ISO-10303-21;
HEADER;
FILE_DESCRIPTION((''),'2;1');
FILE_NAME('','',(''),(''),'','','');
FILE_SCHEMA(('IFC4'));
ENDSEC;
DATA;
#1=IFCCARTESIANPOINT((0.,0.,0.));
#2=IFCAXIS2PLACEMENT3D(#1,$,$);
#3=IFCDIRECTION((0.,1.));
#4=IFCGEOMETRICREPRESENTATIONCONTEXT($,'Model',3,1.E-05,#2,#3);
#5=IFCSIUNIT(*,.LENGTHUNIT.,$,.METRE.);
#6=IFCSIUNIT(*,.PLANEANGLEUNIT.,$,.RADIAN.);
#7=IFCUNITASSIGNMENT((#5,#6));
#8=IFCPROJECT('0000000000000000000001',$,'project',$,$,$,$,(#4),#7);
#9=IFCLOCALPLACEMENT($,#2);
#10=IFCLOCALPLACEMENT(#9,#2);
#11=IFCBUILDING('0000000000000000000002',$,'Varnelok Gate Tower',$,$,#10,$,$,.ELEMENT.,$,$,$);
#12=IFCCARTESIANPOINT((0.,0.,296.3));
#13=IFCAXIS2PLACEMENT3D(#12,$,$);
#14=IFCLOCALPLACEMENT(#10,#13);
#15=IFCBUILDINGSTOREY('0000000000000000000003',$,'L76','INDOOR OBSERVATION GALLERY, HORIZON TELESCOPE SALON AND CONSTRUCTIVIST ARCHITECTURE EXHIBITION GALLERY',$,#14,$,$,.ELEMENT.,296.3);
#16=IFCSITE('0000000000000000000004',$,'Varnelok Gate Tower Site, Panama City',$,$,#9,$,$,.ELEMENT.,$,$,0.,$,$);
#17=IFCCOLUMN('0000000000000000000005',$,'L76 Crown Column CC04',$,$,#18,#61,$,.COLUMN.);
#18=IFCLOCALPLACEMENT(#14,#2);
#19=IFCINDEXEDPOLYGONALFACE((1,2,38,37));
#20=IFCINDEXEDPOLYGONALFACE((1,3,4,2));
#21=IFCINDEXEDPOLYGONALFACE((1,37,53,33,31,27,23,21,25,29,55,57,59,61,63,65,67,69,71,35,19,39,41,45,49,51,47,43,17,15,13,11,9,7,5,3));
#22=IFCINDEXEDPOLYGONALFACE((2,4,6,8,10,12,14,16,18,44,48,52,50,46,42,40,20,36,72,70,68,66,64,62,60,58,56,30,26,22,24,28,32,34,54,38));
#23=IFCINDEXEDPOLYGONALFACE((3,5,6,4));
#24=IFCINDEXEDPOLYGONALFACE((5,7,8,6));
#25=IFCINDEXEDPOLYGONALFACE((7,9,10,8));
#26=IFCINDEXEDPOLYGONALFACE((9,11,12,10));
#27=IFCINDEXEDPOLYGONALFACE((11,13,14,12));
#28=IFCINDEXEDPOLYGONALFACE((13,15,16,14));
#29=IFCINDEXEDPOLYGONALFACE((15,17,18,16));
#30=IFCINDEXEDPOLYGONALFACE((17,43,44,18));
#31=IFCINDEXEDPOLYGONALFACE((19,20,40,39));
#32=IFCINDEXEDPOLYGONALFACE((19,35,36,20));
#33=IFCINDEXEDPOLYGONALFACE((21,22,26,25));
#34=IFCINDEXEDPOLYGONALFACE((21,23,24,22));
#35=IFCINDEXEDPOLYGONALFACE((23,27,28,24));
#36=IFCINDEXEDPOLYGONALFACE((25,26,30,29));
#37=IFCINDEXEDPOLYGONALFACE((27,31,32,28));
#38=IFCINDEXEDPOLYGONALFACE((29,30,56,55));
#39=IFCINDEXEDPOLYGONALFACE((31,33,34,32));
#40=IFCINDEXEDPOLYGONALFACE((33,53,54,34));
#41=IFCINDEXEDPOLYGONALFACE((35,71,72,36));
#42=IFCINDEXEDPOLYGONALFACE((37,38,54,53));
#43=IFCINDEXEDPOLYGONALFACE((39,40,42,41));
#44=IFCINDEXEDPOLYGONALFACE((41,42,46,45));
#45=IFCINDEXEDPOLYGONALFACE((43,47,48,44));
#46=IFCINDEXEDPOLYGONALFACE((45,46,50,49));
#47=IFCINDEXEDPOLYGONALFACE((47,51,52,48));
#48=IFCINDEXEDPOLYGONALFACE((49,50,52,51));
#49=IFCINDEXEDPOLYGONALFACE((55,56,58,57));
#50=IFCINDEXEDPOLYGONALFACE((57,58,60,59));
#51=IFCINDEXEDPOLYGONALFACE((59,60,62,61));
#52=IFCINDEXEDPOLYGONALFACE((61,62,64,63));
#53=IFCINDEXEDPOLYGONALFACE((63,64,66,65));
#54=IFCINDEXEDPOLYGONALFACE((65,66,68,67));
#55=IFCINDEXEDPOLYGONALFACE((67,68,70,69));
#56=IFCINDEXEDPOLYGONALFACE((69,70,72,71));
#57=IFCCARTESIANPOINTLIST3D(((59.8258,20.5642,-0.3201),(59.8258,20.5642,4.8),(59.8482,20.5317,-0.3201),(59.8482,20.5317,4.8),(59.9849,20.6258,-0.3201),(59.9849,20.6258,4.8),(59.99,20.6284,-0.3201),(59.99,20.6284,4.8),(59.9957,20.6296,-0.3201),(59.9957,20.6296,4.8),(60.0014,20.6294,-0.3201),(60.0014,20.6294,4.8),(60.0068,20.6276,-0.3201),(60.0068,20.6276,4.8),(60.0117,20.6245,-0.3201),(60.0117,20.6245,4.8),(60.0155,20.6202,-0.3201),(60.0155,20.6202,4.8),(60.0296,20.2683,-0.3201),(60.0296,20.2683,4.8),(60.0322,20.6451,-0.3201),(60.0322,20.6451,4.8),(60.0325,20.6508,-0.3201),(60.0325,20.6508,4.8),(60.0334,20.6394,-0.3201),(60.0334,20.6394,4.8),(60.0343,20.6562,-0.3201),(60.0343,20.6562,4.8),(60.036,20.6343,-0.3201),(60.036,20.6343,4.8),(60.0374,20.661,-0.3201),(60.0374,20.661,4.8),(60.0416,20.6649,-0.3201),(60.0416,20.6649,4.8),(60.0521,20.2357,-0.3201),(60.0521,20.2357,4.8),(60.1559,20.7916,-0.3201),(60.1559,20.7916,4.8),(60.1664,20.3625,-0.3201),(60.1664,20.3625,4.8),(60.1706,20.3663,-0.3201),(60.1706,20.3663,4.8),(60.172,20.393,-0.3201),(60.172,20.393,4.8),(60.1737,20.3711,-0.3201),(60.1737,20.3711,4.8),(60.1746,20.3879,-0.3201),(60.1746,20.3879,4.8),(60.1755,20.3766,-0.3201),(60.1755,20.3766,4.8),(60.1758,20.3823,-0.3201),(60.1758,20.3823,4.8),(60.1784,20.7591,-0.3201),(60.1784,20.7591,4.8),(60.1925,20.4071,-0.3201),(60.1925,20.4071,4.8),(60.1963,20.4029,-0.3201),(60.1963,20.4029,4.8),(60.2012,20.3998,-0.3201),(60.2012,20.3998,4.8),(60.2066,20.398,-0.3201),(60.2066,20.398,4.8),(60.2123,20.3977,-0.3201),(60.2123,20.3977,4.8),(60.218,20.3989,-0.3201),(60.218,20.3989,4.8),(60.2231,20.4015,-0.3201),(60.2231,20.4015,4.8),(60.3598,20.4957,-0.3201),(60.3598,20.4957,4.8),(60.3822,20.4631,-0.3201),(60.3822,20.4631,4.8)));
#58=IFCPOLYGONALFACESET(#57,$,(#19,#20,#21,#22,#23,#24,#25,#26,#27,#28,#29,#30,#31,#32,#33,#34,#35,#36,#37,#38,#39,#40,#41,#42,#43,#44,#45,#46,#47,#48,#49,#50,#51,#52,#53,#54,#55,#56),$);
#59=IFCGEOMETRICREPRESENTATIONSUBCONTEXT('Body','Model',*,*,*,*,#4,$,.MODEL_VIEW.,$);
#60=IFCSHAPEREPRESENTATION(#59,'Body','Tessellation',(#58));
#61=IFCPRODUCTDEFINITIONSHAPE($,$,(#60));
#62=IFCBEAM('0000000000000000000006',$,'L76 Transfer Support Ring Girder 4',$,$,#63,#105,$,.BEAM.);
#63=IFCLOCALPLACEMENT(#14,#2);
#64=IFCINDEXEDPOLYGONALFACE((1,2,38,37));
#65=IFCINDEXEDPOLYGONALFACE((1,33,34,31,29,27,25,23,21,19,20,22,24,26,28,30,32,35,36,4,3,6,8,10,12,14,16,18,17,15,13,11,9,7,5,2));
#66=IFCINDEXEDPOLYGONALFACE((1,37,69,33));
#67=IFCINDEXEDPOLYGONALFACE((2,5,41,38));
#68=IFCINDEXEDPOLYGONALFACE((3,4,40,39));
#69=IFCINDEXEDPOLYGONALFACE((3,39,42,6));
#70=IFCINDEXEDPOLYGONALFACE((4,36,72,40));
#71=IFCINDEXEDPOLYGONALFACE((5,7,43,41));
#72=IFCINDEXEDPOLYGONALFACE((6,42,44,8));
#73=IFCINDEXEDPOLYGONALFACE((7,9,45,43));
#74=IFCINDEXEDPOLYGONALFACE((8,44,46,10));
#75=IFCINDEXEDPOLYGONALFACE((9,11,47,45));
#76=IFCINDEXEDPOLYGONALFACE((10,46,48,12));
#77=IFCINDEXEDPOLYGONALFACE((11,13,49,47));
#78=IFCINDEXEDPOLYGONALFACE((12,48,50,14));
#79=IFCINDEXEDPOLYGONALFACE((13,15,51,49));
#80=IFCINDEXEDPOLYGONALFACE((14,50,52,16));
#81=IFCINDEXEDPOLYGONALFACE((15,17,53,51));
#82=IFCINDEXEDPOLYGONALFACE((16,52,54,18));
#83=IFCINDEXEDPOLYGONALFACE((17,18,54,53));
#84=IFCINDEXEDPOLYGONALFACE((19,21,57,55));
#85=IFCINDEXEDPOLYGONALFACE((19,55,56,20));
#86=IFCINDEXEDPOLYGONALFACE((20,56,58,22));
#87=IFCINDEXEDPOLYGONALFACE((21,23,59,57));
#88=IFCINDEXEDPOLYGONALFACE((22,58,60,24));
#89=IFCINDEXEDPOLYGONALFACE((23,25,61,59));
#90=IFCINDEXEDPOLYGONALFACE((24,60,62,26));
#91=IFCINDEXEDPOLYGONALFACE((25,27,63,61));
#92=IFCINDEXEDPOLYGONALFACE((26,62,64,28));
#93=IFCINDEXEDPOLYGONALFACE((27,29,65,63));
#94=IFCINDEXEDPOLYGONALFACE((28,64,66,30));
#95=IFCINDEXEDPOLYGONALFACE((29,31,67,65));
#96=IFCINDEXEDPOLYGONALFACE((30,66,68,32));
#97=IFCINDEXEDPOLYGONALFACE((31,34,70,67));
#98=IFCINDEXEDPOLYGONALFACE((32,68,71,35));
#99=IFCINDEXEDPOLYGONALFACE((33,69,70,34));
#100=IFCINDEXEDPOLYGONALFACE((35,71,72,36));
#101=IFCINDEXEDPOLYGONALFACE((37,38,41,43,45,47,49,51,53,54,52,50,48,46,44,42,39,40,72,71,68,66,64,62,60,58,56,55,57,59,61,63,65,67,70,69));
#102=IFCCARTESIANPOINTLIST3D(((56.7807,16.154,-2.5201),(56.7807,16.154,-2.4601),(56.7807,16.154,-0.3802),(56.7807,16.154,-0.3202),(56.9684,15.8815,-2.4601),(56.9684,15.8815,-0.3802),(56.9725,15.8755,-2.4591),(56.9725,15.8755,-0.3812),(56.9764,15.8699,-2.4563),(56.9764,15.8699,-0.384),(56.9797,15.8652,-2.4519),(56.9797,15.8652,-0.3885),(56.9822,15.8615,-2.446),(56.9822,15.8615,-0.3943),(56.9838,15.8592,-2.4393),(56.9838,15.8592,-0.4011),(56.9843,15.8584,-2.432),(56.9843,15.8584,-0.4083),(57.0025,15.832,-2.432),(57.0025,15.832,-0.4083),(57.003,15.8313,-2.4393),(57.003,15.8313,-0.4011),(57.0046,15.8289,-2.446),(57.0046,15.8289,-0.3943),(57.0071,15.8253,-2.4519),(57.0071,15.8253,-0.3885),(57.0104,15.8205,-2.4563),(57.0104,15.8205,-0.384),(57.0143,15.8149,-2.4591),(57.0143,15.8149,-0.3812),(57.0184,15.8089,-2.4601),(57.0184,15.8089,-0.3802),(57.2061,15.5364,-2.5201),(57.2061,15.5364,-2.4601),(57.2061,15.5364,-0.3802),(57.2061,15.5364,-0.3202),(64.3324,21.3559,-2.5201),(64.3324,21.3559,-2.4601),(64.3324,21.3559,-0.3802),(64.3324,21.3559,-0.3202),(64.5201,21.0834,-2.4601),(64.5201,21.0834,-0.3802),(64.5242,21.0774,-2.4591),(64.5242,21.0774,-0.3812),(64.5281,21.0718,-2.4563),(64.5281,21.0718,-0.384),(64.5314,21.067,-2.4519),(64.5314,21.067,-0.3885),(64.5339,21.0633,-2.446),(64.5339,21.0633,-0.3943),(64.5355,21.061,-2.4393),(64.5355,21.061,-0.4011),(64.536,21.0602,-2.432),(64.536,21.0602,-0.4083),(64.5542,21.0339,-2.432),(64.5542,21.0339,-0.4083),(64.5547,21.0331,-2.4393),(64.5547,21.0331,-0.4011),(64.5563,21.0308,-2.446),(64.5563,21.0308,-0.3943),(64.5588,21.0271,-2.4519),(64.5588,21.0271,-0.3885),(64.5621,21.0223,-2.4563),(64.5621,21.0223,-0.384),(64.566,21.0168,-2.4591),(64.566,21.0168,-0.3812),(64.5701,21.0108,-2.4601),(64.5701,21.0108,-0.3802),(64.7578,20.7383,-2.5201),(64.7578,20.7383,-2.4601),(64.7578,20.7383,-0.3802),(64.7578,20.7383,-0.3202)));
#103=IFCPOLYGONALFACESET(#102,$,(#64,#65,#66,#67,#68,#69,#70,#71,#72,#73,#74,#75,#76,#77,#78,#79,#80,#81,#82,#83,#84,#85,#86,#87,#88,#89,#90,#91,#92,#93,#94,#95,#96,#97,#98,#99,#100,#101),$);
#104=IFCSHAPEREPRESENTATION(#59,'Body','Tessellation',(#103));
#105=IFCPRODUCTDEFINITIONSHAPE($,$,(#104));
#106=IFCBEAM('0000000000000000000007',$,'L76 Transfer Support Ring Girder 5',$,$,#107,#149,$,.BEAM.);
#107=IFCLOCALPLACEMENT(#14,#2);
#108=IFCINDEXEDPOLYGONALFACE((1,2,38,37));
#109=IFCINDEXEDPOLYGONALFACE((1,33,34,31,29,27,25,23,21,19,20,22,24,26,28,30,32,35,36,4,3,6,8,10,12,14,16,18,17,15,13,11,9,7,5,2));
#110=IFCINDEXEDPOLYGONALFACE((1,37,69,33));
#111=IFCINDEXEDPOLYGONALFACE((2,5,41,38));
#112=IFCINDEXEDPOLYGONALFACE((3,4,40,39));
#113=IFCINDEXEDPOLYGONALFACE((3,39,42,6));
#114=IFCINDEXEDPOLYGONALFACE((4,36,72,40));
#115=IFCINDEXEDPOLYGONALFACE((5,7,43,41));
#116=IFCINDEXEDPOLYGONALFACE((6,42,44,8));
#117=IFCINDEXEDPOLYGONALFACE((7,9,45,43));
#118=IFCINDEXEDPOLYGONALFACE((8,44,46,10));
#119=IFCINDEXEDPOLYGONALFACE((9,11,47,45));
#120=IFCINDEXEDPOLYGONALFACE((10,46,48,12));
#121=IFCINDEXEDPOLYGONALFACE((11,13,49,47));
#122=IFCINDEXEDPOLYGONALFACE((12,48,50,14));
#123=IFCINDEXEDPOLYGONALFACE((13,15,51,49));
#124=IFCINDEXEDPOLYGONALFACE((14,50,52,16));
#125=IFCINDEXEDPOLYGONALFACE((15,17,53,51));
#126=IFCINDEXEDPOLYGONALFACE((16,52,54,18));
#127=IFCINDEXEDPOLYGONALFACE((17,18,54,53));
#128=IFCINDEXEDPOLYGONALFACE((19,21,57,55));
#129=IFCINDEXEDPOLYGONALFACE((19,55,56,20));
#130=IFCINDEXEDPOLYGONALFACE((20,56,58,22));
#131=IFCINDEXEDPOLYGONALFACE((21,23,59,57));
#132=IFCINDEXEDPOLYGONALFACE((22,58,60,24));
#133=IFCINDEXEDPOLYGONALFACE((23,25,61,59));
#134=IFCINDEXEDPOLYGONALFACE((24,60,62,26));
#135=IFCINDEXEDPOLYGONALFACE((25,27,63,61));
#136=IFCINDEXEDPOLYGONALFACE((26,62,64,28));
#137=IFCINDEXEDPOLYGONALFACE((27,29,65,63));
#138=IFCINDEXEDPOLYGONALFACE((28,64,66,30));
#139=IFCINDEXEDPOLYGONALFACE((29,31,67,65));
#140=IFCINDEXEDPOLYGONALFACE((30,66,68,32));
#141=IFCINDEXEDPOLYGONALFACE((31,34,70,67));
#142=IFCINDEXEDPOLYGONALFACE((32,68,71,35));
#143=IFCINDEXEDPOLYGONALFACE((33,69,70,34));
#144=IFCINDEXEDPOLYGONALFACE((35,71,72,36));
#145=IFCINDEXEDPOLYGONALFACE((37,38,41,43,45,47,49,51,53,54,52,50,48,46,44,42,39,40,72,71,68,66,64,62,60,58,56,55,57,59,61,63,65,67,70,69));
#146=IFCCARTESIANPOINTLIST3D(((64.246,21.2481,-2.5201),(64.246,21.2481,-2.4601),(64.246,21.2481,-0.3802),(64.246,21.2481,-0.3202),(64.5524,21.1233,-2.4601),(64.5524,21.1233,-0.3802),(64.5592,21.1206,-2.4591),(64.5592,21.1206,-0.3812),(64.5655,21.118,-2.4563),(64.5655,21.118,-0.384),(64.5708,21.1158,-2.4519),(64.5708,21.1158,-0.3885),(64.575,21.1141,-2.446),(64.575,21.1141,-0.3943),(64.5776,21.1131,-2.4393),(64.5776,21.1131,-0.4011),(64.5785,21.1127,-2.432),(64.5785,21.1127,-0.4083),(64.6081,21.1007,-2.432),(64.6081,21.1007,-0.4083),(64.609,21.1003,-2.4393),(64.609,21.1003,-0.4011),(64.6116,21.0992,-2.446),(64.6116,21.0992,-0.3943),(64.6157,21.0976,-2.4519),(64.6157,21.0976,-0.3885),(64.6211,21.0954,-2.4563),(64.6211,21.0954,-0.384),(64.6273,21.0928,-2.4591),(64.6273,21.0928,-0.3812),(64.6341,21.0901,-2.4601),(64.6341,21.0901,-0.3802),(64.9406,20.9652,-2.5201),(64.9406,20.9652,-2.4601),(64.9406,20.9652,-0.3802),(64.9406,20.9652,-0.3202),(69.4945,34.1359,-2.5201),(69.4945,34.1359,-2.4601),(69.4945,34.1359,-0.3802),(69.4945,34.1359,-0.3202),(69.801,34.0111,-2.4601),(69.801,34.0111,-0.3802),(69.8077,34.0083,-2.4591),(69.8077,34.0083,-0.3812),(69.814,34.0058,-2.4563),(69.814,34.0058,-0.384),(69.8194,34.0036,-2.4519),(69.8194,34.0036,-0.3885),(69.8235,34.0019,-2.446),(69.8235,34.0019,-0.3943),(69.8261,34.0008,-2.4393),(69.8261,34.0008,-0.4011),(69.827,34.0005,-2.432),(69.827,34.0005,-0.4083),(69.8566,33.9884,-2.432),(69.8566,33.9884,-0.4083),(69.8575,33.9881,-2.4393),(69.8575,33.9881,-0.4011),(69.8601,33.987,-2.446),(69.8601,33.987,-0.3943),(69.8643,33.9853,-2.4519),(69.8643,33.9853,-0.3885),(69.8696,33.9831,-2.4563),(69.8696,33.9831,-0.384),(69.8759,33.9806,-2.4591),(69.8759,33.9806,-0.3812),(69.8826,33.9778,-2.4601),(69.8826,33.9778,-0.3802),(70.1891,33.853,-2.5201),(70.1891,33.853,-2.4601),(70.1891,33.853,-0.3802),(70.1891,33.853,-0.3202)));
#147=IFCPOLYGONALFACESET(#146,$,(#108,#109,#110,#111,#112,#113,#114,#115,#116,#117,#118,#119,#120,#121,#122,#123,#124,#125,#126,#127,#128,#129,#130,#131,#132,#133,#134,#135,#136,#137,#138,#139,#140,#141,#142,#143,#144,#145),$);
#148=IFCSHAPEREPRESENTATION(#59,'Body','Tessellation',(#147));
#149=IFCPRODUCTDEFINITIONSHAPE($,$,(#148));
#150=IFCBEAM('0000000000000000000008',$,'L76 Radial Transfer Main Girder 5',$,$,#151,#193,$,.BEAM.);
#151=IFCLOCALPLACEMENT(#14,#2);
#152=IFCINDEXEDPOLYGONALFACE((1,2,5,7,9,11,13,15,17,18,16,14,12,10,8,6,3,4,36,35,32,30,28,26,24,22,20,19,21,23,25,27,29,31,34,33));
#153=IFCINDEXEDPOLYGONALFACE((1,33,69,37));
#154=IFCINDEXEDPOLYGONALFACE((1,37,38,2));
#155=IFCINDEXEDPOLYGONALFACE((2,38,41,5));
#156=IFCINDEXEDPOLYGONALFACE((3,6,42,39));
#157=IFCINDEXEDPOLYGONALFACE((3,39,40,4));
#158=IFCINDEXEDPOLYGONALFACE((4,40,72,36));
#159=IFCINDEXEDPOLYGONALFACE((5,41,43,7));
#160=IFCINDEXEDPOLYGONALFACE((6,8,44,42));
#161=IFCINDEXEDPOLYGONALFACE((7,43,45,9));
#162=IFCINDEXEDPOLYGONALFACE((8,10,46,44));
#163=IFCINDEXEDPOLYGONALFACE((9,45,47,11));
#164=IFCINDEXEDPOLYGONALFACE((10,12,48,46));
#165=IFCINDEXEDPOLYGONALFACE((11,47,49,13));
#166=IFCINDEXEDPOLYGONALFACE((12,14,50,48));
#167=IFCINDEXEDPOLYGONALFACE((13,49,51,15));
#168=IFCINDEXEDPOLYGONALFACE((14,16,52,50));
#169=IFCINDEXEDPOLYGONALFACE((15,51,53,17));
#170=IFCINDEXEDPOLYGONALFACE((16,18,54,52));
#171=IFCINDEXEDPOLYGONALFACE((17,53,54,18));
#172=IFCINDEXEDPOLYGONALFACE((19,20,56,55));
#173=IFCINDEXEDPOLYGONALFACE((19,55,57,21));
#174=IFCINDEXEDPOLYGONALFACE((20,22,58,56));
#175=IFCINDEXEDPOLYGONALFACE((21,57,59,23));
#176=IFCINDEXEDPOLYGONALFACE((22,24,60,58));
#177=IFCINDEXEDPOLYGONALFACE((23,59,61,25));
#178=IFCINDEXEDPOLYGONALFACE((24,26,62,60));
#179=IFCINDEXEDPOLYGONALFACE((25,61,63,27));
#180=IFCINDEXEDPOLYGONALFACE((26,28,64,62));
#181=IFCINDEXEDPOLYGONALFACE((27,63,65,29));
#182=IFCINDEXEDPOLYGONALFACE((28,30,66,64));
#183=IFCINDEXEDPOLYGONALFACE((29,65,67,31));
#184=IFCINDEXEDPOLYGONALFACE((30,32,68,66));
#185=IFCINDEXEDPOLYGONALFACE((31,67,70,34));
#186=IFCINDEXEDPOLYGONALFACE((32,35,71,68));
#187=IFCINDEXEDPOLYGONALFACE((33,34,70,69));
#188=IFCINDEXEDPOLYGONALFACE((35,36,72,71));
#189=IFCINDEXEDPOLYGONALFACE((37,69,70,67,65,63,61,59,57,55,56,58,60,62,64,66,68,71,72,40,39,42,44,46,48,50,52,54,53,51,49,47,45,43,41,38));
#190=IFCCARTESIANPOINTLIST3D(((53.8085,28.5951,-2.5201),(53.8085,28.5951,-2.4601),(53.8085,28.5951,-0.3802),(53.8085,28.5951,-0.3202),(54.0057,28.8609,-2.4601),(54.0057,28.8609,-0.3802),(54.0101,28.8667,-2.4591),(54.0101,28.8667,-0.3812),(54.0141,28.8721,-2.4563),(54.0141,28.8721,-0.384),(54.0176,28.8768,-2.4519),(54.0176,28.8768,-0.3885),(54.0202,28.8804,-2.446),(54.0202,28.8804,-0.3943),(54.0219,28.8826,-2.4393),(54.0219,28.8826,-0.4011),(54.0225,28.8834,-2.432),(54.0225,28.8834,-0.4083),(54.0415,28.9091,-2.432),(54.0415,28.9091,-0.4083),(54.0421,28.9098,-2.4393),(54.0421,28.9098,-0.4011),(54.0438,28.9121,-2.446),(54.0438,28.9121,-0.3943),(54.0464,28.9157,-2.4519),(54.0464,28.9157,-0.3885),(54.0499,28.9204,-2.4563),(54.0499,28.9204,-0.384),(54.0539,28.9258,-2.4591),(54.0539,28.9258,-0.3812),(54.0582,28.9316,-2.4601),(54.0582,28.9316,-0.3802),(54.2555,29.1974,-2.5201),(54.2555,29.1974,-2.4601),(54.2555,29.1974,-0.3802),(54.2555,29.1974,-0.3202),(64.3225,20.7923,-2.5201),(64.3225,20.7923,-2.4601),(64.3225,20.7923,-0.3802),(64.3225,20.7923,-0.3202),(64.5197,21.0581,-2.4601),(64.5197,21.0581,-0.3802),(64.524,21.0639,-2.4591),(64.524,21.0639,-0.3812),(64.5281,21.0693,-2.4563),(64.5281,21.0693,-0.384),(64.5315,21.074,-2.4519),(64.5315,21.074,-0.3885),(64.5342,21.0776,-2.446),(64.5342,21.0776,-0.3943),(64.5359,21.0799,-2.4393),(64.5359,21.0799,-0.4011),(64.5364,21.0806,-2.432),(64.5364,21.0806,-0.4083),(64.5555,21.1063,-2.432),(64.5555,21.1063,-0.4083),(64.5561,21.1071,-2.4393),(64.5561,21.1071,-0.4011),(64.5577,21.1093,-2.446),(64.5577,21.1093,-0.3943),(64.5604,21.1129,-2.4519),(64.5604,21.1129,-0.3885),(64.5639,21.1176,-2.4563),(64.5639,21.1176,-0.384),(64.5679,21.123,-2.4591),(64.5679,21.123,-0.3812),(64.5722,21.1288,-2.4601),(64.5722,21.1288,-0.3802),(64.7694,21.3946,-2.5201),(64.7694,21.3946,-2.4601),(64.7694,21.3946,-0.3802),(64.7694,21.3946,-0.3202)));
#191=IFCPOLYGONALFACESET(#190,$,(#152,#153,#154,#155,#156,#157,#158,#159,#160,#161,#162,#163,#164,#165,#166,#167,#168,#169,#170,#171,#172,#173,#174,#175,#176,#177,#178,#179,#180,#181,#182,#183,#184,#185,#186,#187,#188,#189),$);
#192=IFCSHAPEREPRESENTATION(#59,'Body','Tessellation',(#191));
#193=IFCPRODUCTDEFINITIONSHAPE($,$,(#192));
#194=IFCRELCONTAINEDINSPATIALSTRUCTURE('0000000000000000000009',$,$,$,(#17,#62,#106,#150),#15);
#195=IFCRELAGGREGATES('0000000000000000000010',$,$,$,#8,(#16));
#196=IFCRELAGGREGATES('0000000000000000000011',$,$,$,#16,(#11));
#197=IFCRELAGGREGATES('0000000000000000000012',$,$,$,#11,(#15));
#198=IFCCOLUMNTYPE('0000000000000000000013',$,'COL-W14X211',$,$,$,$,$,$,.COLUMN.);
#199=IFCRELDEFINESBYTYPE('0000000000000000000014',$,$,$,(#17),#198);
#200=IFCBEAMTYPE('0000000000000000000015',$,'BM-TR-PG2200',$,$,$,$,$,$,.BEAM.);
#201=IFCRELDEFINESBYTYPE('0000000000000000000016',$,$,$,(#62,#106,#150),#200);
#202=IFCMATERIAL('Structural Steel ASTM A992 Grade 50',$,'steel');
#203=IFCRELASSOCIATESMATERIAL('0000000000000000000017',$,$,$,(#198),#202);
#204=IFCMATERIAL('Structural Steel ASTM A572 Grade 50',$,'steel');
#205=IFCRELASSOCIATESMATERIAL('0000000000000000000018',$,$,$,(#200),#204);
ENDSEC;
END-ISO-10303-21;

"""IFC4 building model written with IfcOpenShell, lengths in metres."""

from ifc_helpers import new_model, si_unit, direction, frame, origin, origin_2d, place, context, subcontext, project, spatial, i_section, extrude, material, material_profile, profile_set, type_object, element, save


model = new_model("IFC4")

# Units and contexts
model_context = context("Model", 3, precision=1e-05, world=origin(), true_north=direction((0.0, 1.0)))
body_context = subcontext(model_context, "Body", "Model", "MODEL_VIEW")
ifc_project = project(units=[si_unit("LENGTHUNIT", "METRE"), si_unit("PLANEANGLEUNIT", "RADIAN")], contexts=[model_context])

# Site, building, storey
site_placement = place(None, origin())
site = spatial("IfcSite", under=ifc_project, at=site_placement, Name="Varnelok Gate Tower Site, Panama City", CompositionType="ELEMENT", RefElevation=0.0)
building_placement = place(site_placement, origin())
building = spatial("IfcBuilding", under=site, at=building_placement, Name="Varnelok Gate Tower", CompositionType="ELEMENT")
storey_placement = place(building_placement, frame((0.0, 0.0, 296.3)))
storey = spatial("IfcBuildingStorey", under=building, at=storey_placement, Name="L76", Description="INDOOR OBSERVATION GALLERY, HORIZON TELESCOPE SALON AND CONSTRUCTIVIST ARCHITECTURE EXHIBITION GALLERY", CompositionType="ELEMENT", Elevation=296.3)

# Column
ifc_material_1 = material(Name="Structural Steel ASTM A992 Grade 50", Category="steel")
ifc_material_profile_1 = material_profile(ifc_material_1, i_section(OverallWidth=0.4009, OverallDepth=0.3989, WebThickness=0.0249, FlangeThickness=0.0396, FilletRadius=0.022, at=origin_2d()), Name="W14X211")
ifc_profile_set_1 = profile_set([ifc_material_profile_1], Name="Structural Steel ASTM A992 Grade 50")
column_type = type_object("IfcColumnType", Name="COL-W14X211", PredefinedType="COLUMN", material=ifc_profile_set_1)
column_placement = place(storey_placement, frame((60.104, 20.5137, -0.3201), z_axis=(0.0, 0.0, 1.0), x_axis=(0.823533, 0.567269, 0.0)))
element("IfcColumn", 1, at=column_placement, inside=storey, type_object=column_type, Name="L76 Crown Column CC04", PredefinedType="COLUMN", context=body_context, shape_type="SweptSolid", body=[
    extrude(i_section(OverallWidth=0.4009, OverallDepth=0.3989, WebThickness=0.0249, FlangeThickness=0.0396, FilletRadius=0.022, at=origin_2d()), origin(), (0.0, 0.0, 1.0), 5.1201),
])

# Beams
ifc_material_2 = material(Name="Structural Steel ASTM A572 Grade 50", Category="steel")
ifc_material_profile_2 = material_profile(ifc_material_2, i_section(OverallWidth=0.75, OverallDepth=2.2, WebThickness=0.032, FlangeThickness=0.0601, FilletRadius=0.0281, at=origin_2d()), Name="PG2200X750")
ifc_profile_set_2 = profile_set([ifc_material_profile_2], Name="Structural Steel ASTM A572 Grade 50")
beam_type_1 = type_object("IfcBeamType", Name="BM-TR-PG2200", PredefinedType="BEAM", material=ifc_profile_set_2)
beam_1_placement = place(storey_placement, frame((56.9934, 15.8452, -1.4202), z_axis=(0.823529, 0.567274, 0.0), x_axis=(-0.567274, 0.823529, 0.0)))
element("IfcBeam", 2, at=beam_1_placement, inside=storey, type_object=beam_type_1, Name="L76 Transfer Support Ring Girder 4", PredefinedType="BEAM", context=body_context, shape_type="SweptSolid", body=[
    extrude(i_section(OverallWidth=0.75, OverallDepth=2.2, WebThickness=0.032, FlangeThickness=0.0601, FilletRadius=0.0281, at=origin_2d()), origin(), (0.0, 0.0, 1.0), 9.1699),
])
beam_2_placement = place(storey_placement, frame((64.5933, 21.1067, -1.4202), z_axis=(0.377173, 0.926143, 0.0), x_axis=(-0.926143, 0.377173, 0.0)))
element("IfcBeam", 3, at=beam_2_placement, inside=storey, type_object=beam_type_1, Name="L76 Transfer Support Ring Girder 5", PredefinedType="BEAM", context=body_context, shape_type="SweptSolid", body=[
    extrude(i_section(OverallWidth=0.75, OverallDepth=2.2, WebThickness=0.032, FlangeThickness=0.0601, FilletRadius=0.0281, at=origin_2d()), origin(), (0.0, 0.0, 1.0), 13.9155),
])
beam_3_placement = place(storey_placement, frame((54.032, 28.8962, -1.4202), z_axis=(0.803022, -0.59595, 0.0), x_axis=(0.59595, 0.803022, 0.0)))
element("IfcBeam", 4, at=beam_3_placement, inside=storey, type_object=beam_type_1, Name="L76 Radial Transfer Main Girder 5", PredefinedType="BEAM", context=body_context, shape_type="SweptSolid", body=[
    extrude(i_section(OverallWidth=0.75, OverallDepth=2.2, WebThickness=0.032, FlangeThickness=0.0601, FilletRadius=0.0281, at=origin_2d()), origin(), (0.0, 0.0, 1.0), 13.093),
])

save(model, "model.ifc")
